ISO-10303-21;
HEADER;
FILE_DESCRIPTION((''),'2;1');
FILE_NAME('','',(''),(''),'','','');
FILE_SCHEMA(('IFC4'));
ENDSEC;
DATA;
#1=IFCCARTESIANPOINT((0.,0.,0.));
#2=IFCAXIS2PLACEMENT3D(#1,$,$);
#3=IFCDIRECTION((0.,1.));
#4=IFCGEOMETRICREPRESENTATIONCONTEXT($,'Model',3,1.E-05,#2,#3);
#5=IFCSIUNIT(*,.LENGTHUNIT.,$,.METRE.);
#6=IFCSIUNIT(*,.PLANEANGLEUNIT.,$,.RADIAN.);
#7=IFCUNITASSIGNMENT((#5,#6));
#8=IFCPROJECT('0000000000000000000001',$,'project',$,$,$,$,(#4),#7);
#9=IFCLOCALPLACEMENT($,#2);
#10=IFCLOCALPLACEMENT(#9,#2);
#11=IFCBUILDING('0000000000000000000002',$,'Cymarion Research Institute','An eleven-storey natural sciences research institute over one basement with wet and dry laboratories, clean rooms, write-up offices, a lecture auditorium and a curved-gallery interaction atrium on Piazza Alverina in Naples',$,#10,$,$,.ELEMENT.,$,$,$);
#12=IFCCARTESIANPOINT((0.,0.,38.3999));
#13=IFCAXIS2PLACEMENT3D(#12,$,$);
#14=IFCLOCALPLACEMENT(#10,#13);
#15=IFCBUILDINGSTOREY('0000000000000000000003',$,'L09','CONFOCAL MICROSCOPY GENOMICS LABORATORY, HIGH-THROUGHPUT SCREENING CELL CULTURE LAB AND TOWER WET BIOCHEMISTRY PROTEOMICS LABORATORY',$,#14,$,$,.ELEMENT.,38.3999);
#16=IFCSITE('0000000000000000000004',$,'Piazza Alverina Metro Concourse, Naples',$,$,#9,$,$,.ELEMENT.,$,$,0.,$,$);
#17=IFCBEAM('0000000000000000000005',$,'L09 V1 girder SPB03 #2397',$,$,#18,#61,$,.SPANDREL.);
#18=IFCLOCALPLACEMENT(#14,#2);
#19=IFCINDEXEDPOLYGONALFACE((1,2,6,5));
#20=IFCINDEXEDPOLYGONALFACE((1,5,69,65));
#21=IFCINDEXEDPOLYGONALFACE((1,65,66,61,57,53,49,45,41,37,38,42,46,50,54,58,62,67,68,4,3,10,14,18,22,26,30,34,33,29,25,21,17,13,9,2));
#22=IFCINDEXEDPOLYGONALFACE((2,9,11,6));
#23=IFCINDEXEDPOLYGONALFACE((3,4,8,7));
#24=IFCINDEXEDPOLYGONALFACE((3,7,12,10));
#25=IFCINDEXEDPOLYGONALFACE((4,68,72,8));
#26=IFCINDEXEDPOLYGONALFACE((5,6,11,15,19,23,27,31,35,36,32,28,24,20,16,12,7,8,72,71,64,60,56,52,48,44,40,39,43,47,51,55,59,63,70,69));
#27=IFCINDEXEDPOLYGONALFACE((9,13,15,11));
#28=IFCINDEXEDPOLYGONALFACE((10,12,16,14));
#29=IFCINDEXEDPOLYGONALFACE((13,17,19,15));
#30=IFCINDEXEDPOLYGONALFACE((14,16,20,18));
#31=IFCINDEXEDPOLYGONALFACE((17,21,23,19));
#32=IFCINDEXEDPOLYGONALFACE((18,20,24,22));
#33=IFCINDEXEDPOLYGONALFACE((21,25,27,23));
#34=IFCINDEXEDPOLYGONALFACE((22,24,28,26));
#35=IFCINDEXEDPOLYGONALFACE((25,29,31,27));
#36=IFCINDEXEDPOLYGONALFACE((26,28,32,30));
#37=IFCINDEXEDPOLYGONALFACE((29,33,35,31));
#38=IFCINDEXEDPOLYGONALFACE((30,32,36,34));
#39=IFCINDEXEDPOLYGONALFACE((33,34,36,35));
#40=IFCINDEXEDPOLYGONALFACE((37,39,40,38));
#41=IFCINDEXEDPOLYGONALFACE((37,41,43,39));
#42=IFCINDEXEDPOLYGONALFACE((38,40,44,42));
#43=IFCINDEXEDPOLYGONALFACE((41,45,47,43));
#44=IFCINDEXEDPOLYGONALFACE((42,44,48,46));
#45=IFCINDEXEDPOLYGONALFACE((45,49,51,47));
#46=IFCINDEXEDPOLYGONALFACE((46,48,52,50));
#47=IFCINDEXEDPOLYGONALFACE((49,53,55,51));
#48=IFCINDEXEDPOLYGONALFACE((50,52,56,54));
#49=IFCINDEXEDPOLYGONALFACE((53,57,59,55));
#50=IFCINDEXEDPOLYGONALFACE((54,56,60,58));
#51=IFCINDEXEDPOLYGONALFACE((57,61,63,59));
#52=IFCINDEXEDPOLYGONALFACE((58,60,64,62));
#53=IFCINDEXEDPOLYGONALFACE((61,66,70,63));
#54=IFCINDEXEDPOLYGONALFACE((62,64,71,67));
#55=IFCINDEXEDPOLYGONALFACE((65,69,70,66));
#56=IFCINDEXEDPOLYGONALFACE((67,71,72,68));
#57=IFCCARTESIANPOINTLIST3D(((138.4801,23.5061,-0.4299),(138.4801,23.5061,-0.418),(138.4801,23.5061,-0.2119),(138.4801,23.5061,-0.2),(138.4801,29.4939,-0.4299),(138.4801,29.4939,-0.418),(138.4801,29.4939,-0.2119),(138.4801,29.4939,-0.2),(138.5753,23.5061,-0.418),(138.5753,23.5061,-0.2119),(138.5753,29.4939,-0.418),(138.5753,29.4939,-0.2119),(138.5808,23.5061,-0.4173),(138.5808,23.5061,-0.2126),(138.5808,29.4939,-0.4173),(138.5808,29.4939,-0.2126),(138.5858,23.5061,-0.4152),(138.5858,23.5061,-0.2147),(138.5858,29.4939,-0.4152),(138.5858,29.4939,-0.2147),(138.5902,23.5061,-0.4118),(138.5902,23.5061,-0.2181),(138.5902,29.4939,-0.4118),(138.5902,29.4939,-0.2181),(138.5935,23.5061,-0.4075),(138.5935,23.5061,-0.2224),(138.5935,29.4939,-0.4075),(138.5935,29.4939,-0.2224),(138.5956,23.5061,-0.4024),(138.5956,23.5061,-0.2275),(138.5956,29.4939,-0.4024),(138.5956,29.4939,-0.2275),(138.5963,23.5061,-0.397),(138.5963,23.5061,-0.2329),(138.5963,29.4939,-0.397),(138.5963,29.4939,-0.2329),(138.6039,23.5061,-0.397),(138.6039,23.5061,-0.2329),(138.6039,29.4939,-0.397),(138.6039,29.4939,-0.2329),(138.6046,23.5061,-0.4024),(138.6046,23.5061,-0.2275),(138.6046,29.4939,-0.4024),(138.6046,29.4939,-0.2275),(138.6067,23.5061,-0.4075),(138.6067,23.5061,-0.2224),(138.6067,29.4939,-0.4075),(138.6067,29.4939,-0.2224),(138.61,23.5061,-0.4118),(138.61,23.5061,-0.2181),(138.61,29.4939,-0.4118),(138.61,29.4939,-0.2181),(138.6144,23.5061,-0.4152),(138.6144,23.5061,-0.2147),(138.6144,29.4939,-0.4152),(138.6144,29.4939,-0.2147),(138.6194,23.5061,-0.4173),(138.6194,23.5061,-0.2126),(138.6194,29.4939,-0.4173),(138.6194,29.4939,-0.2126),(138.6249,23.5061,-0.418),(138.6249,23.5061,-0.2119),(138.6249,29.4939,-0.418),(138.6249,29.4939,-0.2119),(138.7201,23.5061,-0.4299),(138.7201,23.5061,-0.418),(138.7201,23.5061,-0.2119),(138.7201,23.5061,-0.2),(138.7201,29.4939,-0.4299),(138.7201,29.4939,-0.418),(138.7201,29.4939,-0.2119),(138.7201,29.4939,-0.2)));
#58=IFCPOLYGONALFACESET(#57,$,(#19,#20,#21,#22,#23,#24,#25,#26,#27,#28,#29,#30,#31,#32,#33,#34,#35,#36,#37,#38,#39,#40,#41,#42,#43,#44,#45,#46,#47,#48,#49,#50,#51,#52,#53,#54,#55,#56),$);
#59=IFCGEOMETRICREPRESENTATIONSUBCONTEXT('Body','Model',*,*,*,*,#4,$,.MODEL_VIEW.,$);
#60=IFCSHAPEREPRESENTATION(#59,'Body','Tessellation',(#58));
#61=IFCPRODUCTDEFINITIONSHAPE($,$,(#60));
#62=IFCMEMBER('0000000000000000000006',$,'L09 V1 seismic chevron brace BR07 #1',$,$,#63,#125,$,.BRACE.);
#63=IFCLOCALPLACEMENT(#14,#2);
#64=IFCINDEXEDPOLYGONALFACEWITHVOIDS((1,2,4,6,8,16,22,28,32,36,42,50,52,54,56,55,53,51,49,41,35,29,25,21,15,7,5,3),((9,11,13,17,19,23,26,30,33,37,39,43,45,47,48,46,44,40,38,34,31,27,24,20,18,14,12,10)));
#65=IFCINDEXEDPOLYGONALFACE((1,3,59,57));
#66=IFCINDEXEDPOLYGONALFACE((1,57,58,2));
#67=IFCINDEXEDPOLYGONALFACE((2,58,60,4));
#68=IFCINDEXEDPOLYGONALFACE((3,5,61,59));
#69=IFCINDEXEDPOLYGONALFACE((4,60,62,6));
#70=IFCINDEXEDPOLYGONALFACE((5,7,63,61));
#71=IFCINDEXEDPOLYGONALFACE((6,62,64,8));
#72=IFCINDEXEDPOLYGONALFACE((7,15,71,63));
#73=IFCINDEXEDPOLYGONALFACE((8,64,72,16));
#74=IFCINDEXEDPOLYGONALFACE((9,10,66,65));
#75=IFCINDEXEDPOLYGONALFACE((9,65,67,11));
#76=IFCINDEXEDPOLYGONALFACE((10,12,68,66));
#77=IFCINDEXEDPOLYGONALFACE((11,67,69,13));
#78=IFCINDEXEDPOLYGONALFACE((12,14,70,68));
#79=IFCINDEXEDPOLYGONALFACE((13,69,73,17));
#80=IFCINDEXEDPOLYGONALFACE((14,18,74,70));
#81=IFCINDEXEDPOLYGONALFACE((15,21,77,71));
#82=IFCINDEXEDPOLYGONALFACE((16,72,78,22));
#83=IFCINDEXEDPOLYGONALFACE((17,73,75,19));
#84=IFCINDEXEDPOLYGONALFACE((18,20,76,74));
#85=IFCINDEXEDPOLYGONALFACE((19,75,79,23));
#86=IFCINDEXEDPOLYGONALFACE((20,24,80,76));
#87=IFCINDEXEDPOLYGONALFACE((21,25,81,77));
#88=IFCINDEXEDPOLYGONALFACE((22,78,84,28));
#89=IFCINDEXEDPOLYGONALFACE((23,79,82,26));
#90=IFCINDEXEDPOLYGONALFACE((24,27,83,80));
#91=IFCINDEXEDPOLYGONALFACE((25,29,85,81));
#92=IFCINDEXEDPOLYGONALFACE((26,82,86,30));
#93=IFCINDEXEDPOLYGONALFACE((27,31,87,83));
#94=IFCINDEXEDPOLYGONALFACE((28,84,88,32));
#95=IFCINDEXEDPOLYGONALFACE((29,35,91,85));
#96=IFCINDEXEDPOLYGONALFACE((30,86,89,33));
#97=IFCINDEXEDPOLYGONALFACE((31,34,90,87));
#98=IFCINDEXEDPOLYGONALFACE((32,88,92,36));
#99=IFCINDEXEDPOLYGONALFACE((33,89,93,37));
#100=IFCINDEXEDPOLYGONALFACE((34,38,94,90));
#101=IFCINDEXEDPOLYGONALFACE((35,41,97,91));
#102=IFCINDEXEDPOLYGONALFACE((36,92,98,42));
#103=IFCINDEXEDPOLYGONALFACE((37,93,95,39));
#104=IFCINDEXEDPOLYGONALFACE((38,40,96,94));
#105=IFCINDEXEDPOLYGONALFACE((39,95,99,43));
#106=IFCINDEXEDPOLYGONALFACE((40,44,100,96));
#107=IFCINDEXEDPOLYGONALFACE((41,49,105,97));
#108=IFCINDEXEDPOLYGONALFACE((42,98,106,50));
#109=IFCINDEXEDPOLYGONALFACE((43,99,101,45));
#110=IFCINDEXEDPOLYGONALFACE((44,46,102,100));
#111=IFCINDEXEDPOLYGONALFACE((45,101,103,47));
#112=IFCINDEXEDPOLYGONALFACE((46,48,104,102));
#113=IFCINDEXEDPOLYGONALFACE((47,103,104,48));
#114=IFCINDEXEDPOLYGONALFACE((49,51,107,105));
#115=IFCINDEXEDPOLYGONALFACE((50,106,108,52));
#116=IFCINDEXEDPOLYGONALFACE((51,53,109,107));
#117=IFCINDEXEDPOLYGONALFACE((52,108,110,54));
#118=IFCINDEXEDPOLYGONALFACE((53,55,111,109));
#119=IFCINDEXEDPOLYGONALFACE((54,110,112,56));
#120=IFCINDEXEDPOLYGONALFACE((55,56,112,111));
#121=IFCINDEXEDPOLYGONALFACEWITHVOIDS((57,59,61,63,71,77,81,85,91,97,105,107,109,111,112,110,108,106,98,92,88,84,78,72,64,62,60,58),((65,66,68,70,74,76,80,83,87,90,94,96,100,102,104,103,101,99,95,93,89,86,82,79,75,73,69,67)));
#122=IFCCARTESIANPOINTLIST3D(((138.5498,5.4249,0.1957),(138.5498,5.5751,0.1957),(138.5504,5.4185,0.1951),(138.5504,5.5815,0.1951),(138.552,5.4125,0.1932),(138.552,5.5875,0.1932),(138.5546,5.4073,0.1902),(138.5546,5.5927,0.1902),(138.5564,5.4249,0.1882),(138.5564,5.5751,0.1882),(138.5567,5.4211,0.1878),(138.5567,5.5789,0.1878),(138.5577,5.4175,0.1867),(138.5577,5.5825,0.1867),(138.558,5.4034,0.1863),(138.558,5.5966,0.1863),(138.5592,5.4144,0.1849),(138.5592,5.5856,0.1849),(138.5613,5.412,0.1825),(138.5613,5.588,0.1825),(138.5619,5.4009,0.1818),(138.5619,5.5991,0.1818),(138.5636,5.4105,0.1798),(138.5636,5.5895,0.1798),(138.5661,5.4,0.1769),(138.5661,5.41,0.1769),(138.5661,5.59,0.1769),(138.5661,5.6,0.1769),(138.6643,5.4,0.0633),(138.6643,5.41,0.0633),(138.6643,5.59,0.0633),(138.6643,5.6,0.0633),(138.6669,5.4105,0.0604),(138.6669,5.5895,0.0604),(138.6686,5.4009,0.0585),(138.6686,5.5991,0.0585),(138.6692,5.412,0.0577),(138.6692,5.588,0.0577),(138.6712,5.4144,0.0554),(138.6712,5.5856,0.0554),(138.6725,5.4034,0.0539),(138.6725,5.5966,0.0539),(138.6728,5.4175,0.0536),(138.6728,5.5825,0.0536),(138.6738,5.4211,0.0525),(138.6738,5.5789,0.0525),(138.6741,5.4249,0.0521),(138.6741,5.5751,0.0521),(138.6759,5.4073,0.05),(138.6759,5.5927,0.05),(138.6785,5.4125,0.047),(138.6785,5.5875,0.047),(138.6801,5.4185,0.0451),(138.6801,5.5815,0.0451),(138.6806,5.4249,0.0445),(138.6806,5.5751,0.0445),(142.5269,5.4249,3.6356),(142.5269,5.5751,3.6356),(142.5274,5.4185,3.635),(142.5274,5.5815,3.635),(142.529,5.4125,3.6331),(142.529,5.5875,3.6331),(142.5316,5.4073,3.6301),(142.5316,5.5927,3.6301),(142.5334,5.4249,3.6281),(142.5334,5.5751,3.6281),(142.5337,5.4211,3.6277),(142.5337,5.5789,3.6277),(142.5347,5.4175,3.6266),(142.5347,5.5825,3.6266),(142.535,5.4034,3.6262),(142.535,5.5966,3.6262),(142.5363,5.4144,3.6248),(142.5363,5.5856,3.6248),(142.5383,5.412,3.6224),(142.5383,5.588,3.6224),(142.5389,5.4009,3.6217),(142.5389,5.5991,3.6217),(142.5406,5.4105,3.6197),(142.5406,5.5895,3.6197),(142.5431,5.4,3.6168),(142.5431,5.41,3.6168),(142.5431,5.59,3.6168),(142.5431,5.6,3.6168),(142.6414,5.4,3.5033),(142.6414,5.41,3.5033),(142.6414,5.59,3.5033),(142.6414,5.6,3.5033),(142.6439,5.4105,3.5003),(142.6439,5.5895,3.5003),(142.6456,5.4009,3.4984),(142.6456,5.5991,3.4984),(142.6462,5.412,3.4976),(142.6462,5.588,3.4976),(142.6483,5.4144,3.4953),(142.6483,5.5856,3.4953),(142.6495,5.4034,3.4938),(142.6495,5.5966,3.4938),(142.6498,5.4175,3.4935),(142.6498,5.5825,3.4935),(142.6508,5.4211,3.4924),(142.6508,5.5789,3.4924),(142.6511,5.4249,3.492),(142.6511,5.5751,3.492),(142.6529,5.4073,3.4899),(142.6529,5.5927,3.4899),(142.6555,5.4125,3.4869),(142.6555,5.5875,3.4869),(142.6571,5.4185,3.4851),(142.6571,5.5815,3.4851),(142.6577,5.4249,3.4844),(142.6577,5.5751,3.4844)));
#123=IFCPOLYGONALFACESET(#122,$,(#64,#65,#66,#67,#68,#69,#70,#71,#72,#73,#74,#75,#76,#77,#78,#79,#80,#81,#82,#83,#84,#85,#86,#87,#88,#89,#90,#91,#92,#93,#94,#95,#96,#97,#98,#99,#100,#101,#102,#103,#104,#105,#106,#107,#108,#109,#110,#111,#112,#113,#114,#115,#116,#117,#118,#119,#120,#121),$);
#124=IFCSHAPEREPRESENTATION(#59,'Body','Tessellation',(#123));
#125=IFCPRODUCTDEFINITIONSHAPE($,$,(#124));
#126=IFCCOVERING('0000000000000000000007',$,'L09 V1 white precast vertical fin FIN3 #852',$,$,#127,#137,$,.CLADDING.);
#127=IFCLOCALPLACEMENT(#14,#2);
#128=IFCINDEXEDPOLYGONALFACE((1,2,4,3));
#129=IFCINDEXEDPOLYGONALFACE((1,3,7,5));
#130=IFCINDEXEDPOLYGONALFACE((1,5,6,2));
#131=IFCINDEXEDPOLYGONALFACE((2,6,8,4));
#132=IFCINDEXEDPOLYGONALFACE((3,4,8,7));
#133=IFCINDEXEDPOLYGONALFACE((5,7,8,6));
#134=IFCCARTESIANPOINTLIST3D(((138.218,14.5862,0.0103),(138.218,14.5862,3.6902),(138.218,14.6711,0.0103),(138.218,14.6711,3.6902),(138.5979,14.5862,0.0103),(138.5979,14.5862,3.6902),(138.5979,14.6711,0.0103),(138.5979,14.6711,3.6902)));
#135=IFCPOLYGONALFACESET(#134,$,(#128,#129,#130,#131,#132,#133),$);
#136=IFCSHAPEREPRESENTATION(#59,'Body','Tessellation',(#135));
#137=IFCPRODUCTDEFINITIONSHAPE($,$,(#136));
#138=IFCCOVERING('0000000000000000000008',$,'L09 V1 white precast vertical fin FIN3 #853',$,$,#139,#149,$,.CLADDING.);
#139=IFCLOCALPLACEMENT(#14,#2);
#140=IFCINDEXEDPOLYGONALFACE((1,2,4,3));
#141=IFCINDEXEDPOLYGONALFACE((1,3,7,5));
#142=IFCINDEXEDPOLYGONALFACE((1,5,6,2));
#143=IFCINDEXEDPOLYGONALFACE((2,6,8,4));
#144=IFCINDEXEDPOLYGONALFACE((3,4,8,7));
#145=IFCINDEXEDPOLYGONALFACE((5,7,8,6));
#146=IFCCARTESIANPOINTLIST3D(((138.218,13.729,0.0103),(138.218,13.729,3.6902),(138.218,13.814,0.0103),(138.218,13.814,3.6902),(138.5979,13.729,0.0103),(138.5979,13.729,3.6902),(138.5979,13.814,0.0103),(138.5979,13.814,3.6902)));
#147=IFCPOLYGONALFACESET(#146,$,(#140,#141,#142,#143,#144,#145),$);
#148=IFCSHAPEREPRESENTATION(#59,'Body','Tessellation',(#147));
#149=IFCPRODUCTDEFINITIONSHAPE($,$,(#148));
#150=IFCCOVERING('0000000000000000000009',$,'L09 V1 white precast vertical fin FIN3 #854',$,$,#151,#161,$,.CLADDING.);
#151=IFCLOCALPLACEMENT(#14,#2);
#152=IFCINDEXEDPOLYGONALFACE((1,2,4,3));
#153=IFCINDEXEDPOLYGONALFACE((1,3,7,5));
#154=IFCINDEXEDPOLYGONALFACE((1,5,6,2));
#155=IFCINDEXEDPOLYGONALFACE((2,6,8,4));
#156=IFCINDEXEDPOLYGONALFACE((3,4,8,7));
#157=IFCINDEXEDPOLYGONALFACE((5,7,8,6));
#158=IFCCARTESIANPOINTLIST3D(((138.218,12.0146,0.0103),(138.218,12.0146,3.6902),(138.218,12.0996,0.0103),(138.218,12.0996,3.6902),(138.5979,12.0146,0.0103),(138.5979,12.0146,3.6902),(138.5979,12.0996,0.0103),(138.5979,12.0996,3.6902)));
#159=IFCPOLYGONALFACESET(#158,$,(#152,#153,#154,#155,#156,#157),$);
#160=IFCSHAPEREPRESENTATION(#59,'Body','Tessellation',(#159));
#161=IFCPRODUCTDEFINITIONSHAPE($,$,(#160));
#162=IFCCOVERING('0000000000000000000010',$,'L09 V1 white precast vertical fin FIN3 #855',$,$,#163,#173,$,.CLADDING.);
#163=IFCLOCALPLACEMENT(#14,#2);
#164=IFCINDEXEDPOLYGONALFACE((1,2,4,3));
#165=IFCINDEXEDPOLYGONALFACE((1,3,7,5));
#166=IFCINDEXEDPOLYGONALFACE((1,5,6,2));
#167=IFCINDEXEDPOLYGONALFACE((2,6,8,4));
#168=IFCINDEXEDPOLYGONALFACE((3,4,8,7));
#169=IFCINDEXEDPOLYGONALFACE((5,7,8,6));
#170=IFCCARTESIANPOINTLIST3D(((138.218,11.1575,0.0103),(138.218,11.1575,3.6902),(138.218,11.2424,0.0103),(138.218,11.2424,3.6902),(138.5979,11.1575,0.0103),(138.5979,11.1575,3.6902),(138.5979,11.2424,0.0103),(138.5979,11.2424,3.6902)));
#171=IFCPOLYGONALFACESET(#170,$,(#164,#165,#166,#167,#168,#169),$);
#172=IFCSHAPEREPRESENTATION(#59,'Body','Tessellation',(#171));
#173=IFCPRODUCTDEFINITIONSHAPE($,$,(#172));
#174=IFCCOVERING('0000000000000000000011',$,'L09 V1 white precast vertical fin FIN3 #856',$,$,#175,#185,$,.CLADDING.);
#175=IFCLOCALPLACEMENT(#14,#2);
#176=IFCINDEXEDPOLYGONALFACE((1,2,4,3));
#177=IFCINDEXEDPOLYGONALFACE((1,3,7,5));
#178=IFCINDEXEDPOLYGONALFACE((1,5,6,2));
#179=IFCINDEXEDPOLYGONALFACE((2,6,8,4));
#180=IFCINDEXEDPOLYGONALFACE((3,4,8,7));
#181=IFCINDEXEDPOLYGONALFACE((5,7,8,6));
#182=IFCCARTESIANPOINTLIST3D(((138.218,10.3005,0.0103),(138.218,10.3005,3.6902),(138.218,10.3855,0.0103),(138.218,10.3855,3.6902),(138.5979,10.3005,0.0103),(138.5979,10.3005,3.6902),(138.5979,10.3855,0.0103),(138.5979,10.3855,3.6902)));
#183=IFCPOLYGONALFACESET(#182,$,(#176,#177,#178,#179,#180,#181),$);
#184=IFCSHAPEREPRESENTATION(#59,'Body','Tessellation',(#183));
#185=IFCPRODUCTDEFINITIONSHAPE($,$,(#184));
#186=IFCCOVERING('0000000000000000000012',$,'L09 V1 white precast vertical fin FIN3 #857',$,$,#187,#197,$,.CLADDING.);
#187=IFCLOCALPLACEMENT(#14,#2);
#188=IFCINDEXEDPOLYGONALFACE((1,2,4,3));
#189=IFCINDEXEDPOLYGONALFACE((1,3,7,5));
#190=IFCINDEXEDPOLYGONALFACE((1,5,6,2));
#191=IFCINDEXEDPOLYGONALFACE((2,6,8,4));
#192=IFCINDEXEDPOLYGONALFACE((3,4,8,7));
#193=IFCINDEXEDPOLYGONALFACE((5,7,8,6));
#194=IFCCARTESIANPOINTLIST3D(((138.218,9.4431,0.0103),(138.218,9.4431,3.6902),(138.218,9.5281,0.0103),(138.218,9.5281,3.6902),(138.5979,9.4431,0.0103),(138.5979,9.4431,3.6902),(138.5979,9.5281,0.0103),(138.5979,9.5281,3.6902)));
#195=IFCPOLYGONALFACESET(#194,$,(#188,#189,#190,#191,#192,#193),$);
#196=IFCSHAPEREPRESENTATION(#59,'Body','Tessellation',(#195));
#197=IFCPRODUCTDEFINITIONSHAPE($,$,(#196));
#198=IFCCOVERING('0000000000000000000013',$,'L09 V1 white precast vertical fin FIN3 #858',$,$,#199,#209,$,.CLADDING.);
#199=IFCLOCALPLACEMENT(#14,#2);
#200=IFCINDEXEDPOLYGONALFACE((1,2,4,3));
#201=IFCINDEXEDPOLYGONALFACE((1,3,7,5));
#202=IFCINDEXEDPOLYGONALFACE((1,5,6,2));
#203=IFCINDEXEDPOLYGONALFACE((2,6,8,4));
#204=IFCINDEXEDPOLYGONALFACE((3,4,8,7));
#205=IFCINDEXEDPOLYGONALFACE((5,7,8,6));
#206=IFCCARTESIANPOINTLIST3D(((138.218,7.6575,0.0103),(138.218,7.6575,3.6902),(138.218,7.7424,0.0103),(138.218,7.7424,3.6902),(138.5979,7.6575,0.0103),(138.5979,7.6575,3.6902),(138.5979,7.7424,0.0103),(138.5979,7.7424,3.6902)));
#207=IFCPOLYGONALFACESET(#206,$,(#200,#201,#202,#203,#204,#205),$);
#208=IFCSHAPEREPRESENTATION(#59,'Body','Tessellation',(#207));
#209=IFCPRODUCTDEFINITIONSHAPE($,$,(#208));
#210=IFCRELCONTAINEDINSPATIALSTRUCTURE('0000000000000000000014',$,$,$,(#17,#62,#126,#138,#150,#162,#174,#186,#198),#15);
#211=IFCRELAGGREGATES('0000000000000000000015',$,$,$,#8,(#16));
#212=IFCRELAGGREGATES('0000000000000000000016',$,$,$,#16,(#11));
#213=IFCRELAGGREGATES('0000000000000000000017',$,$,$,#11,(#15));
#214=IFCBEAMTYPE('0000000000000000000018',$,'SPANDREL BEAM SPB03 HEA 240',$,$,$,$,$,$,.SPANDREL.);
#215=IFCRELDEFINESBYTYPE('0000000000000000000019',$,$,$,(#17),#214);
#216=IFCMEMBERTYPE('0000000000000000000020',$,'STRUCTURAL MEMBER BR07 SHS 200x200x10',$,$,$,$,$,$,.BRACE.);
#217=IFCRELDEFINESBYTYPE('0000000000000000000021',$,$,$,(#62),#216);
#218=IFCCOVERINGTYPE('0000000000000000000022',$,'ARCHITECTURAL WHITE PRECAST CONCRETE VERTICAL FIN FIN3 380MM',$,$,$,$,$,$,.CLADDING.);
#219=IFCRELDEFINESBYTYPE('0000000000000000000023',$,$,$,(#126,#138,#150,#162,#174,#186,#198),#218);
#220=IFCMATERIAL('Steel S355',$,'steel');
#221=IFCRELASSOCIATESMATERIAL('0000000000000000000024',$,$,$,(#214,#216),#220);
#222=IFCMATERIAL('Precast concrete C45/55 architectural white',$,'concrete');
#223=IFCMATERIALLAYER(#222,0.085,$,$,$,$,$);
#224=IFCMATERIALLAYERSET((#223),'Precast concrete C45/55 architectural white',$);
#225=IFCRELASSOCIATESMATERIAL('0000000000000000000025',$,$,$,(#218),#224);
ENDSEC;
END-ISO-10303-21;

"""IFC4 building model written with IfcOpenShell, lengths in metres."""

from ifc_helpers import new_model, si_unit, direction, frame, origin, origin_2d, place, context, subcontext, project, spatial, rectangle, hollow_rectangle, i_section, extrude, material, layer, layer_set, material_profile, profile_set, type_object, element, save


model = new_model("IFC4")

# Units and contexts
model_context = context("Model", 3, precision=1e-05, world=origin(), true_north=direction((0.0, 1.0)))
body_context = subcontext(model_context, "Body", "Model", "MODEL_VIEW")
ifc_project = project(units=[si_unit("LENGTHUNIT", "METRE"), si_unit("PLANEANGLEUNIT", "RADIAN")], contexts=[model_context])

# Site, building, storey
site_placement = place(None, origin())
site = spatial("IfcSite", under=ifc_project, at=site_placement, Name="Piazza Alverina Metro Concourse, Naples", CompositionType="ELEMENT", RefElevation=0.0)
building_placement = place(site_placement, origin())
building = spatial("IfcBuilding", under=site, at=building_placement, Name="Cymarion Research Institute", Description="An eleven-storey natural sciences research institute over one basement with wet and dry laboratories, clean rooms, write-up offices, a lecture auditorium and a curved-gallery interaction atrium on Piazza Alverina in Naples", CompositionType="ELEMENT")
storey_placement = place(building_placement, frame((0.0, 0.0, 38.3999)))
storey = spatial("IfcBuildingStorey", under=building, at=storey_placement, Name="L09", Description="CONFOCAL MICROSCOPY GENOMICS LABORATORY, HIGH-THROUGHPUT SCREENING CELL CULTURE LAB AND TOWER WET BIOCHEMISTRY PROTEOMICS LABORATORY", CompositionType="ELEMENT", Elevation=38.3999)

# Shared definitions
ifc_material_1 = material(Name="Steel S355", Category="steel")

# Beam
ifc_material_profile_1 = material_profile(ifc_material_1, i_section(OverallWidth=0.24, OverallDepth=0.23, WebThickness=0.0076, FlangeThickness=0.012, FilletRadius=0.021, at=origin_2d()), Name="HEA 240")
ifc_profile_set_1 = profile_set([ifc_material_profile_1], Name="Steel S355")
beam_type_1 = type_object("IfcBeamType", Name="SPANDREL BEAM SPB03 HEA 240", PredefinedType="SPANDREL", material=ifc_profile_set_1)
for number, where, z_axis, x_axis, name in (
    (1, (138.6001, 23.5061, -0.3149), (0.0, 1.0, 0.0), (-1.0, 0.0, 0.0), "L09 V1 girder SPB03 #2397"),
):
    element("IfcBeam", number, at=place(storey_placement, frame(where, z_axis=z_axis, x_axis=x_axis)), inside=storey, type_object=beam_type_1, Name=name, PredefinedType="SPANDREL", context=body_context, shape_type="SweptSolid", body=[
        extrude(i_section(OverallWidth=0.24, OverallDepth=0.23, WebThickness=0.0076, FlangeThickness=0.012, FilletRadius=0.021, at=origin_2d()), origin(), (0.0, 0.0, 1.0), 5.9878),
    ])

# Member
ifc_material_profile_2 = material_profile(ifc_material_1, hollow_rectangle(XDim=0.2, YDim=0.2, WallThickness=0.01, InnerFilletRadius=0.0149, OuterFilletRadius=0.0249, at=origin_2d()), Name="SHS 200x200x10")
ifc_profile_set_2 = profile_set([ifc_material_profile_2], Name="Steel S355")
member_type = type_object("IfcMemberType", Name="STRUCTURAL MEMBER BR07 SHS 200x200x10", PredefinedType="BRACE", material=ifc_profile_set_2)
member_placement = place(storey_placement, frame((138.6152, 5.5, 0.1201), z_axis=(0.756332, 0.0, 0.654188), x_axis=(0.0, 1.0, 0.0)))
element("IfcMember", 2, at=member_placement, inside=storey, type_object=member_type, Name="L09 V1 seismic chevron brace BR07 #1", PredefinedType="BRACE", context=body_context, shape_type="SweptSolid", body=[
    extrude(hollow_rectangle(XDim=0.2, YDim=0.2, WallThickness=0.01, InnerFilletRadius=0.0149, OuterFilletRadius=0.0249, at=origin_2d()), origin(), (0.0, 0.0, 1.0), 5.2583),
])

# Coverings
ifc_material_2 = material(Name="Precast concrete C45/55 architectural white", Category="concrete")
ifc_layer = layer(ifc_material_2, 0.085)
ifc_layer_set = layer_set([ifc_layer], Name="Precast concrete C45/55 architectural white")
covering_type = type_object("IfcCoveringType", Name="ARCHITECTURAL WHITE PRECAST CONCRETE VERTICAL FIN FIN3 380MM", PredefinedType="CLADDING", material=ifc_layer_set)
for number, where, z_axis, x_axis, name in (
    (3, (138.408, 14.6287, 0.0103), (0.0, 0.0, 1.0), (-1.0, 0.0, 0.0), "L09 V1 white precast vertical fin FIN3 #852"),
    (4, (138.408, 13.7715, 0.0103), (0.0, 0.0, 1.0), (-1.0, 0.0, 0.0), "L09 V1 white precast vertical fin FIN3 #853"),
    (5, (138.408, 12.0571, 0.0103), (0.0, 0.0, 1.0), (-1.0, 0.0, 0.0), "L09 V1 white precast vertical fin FIN3 #854"),
    (6, (138.408, 11.2, 0.0103), (0.0, 0.0, 1.0), (-1.0, 0.0, 0.0), "L09 V1 white precast vertical fin FIN3 #855"),
    (7, (138.408, 10.343, 0.0103), (0.0, 0.0, 1.0), (-1.0, 0.0, 0.0), "L09 V1 white precast vertical fin FIN3 #856"),
    (8, (138.408, 9.4856, 0.0103), (0.0, 0.0, 1.0), (-1.0, 0.0, 0.0), "L09 V1 white precast vertical fin FIN3 #857"),
    (9, (138.408, 7.7, 0.0103), (0.0, 0.0, 1.0), (-1.0, 0.0, 0.0), "L09 V1 white precast vertical fin FIN3 #858"),
):
    element("IfcCovering", number, at=place(storey_placement, frame(where, z_axis=z_axis, x_axis=x_axis)), inside=storey, type_object=covering_type, Name=name, PredefinedType="CLADDING", context=body_context, shape_type="SweptSolid", body=[
        extrude(rectangle(XDim=0.3799, YDim=0.085, at=origin_2d()), origin(), (0.0, 0.0, 1.0), 3.6799),
    ])

save(model, "model.ifc")
